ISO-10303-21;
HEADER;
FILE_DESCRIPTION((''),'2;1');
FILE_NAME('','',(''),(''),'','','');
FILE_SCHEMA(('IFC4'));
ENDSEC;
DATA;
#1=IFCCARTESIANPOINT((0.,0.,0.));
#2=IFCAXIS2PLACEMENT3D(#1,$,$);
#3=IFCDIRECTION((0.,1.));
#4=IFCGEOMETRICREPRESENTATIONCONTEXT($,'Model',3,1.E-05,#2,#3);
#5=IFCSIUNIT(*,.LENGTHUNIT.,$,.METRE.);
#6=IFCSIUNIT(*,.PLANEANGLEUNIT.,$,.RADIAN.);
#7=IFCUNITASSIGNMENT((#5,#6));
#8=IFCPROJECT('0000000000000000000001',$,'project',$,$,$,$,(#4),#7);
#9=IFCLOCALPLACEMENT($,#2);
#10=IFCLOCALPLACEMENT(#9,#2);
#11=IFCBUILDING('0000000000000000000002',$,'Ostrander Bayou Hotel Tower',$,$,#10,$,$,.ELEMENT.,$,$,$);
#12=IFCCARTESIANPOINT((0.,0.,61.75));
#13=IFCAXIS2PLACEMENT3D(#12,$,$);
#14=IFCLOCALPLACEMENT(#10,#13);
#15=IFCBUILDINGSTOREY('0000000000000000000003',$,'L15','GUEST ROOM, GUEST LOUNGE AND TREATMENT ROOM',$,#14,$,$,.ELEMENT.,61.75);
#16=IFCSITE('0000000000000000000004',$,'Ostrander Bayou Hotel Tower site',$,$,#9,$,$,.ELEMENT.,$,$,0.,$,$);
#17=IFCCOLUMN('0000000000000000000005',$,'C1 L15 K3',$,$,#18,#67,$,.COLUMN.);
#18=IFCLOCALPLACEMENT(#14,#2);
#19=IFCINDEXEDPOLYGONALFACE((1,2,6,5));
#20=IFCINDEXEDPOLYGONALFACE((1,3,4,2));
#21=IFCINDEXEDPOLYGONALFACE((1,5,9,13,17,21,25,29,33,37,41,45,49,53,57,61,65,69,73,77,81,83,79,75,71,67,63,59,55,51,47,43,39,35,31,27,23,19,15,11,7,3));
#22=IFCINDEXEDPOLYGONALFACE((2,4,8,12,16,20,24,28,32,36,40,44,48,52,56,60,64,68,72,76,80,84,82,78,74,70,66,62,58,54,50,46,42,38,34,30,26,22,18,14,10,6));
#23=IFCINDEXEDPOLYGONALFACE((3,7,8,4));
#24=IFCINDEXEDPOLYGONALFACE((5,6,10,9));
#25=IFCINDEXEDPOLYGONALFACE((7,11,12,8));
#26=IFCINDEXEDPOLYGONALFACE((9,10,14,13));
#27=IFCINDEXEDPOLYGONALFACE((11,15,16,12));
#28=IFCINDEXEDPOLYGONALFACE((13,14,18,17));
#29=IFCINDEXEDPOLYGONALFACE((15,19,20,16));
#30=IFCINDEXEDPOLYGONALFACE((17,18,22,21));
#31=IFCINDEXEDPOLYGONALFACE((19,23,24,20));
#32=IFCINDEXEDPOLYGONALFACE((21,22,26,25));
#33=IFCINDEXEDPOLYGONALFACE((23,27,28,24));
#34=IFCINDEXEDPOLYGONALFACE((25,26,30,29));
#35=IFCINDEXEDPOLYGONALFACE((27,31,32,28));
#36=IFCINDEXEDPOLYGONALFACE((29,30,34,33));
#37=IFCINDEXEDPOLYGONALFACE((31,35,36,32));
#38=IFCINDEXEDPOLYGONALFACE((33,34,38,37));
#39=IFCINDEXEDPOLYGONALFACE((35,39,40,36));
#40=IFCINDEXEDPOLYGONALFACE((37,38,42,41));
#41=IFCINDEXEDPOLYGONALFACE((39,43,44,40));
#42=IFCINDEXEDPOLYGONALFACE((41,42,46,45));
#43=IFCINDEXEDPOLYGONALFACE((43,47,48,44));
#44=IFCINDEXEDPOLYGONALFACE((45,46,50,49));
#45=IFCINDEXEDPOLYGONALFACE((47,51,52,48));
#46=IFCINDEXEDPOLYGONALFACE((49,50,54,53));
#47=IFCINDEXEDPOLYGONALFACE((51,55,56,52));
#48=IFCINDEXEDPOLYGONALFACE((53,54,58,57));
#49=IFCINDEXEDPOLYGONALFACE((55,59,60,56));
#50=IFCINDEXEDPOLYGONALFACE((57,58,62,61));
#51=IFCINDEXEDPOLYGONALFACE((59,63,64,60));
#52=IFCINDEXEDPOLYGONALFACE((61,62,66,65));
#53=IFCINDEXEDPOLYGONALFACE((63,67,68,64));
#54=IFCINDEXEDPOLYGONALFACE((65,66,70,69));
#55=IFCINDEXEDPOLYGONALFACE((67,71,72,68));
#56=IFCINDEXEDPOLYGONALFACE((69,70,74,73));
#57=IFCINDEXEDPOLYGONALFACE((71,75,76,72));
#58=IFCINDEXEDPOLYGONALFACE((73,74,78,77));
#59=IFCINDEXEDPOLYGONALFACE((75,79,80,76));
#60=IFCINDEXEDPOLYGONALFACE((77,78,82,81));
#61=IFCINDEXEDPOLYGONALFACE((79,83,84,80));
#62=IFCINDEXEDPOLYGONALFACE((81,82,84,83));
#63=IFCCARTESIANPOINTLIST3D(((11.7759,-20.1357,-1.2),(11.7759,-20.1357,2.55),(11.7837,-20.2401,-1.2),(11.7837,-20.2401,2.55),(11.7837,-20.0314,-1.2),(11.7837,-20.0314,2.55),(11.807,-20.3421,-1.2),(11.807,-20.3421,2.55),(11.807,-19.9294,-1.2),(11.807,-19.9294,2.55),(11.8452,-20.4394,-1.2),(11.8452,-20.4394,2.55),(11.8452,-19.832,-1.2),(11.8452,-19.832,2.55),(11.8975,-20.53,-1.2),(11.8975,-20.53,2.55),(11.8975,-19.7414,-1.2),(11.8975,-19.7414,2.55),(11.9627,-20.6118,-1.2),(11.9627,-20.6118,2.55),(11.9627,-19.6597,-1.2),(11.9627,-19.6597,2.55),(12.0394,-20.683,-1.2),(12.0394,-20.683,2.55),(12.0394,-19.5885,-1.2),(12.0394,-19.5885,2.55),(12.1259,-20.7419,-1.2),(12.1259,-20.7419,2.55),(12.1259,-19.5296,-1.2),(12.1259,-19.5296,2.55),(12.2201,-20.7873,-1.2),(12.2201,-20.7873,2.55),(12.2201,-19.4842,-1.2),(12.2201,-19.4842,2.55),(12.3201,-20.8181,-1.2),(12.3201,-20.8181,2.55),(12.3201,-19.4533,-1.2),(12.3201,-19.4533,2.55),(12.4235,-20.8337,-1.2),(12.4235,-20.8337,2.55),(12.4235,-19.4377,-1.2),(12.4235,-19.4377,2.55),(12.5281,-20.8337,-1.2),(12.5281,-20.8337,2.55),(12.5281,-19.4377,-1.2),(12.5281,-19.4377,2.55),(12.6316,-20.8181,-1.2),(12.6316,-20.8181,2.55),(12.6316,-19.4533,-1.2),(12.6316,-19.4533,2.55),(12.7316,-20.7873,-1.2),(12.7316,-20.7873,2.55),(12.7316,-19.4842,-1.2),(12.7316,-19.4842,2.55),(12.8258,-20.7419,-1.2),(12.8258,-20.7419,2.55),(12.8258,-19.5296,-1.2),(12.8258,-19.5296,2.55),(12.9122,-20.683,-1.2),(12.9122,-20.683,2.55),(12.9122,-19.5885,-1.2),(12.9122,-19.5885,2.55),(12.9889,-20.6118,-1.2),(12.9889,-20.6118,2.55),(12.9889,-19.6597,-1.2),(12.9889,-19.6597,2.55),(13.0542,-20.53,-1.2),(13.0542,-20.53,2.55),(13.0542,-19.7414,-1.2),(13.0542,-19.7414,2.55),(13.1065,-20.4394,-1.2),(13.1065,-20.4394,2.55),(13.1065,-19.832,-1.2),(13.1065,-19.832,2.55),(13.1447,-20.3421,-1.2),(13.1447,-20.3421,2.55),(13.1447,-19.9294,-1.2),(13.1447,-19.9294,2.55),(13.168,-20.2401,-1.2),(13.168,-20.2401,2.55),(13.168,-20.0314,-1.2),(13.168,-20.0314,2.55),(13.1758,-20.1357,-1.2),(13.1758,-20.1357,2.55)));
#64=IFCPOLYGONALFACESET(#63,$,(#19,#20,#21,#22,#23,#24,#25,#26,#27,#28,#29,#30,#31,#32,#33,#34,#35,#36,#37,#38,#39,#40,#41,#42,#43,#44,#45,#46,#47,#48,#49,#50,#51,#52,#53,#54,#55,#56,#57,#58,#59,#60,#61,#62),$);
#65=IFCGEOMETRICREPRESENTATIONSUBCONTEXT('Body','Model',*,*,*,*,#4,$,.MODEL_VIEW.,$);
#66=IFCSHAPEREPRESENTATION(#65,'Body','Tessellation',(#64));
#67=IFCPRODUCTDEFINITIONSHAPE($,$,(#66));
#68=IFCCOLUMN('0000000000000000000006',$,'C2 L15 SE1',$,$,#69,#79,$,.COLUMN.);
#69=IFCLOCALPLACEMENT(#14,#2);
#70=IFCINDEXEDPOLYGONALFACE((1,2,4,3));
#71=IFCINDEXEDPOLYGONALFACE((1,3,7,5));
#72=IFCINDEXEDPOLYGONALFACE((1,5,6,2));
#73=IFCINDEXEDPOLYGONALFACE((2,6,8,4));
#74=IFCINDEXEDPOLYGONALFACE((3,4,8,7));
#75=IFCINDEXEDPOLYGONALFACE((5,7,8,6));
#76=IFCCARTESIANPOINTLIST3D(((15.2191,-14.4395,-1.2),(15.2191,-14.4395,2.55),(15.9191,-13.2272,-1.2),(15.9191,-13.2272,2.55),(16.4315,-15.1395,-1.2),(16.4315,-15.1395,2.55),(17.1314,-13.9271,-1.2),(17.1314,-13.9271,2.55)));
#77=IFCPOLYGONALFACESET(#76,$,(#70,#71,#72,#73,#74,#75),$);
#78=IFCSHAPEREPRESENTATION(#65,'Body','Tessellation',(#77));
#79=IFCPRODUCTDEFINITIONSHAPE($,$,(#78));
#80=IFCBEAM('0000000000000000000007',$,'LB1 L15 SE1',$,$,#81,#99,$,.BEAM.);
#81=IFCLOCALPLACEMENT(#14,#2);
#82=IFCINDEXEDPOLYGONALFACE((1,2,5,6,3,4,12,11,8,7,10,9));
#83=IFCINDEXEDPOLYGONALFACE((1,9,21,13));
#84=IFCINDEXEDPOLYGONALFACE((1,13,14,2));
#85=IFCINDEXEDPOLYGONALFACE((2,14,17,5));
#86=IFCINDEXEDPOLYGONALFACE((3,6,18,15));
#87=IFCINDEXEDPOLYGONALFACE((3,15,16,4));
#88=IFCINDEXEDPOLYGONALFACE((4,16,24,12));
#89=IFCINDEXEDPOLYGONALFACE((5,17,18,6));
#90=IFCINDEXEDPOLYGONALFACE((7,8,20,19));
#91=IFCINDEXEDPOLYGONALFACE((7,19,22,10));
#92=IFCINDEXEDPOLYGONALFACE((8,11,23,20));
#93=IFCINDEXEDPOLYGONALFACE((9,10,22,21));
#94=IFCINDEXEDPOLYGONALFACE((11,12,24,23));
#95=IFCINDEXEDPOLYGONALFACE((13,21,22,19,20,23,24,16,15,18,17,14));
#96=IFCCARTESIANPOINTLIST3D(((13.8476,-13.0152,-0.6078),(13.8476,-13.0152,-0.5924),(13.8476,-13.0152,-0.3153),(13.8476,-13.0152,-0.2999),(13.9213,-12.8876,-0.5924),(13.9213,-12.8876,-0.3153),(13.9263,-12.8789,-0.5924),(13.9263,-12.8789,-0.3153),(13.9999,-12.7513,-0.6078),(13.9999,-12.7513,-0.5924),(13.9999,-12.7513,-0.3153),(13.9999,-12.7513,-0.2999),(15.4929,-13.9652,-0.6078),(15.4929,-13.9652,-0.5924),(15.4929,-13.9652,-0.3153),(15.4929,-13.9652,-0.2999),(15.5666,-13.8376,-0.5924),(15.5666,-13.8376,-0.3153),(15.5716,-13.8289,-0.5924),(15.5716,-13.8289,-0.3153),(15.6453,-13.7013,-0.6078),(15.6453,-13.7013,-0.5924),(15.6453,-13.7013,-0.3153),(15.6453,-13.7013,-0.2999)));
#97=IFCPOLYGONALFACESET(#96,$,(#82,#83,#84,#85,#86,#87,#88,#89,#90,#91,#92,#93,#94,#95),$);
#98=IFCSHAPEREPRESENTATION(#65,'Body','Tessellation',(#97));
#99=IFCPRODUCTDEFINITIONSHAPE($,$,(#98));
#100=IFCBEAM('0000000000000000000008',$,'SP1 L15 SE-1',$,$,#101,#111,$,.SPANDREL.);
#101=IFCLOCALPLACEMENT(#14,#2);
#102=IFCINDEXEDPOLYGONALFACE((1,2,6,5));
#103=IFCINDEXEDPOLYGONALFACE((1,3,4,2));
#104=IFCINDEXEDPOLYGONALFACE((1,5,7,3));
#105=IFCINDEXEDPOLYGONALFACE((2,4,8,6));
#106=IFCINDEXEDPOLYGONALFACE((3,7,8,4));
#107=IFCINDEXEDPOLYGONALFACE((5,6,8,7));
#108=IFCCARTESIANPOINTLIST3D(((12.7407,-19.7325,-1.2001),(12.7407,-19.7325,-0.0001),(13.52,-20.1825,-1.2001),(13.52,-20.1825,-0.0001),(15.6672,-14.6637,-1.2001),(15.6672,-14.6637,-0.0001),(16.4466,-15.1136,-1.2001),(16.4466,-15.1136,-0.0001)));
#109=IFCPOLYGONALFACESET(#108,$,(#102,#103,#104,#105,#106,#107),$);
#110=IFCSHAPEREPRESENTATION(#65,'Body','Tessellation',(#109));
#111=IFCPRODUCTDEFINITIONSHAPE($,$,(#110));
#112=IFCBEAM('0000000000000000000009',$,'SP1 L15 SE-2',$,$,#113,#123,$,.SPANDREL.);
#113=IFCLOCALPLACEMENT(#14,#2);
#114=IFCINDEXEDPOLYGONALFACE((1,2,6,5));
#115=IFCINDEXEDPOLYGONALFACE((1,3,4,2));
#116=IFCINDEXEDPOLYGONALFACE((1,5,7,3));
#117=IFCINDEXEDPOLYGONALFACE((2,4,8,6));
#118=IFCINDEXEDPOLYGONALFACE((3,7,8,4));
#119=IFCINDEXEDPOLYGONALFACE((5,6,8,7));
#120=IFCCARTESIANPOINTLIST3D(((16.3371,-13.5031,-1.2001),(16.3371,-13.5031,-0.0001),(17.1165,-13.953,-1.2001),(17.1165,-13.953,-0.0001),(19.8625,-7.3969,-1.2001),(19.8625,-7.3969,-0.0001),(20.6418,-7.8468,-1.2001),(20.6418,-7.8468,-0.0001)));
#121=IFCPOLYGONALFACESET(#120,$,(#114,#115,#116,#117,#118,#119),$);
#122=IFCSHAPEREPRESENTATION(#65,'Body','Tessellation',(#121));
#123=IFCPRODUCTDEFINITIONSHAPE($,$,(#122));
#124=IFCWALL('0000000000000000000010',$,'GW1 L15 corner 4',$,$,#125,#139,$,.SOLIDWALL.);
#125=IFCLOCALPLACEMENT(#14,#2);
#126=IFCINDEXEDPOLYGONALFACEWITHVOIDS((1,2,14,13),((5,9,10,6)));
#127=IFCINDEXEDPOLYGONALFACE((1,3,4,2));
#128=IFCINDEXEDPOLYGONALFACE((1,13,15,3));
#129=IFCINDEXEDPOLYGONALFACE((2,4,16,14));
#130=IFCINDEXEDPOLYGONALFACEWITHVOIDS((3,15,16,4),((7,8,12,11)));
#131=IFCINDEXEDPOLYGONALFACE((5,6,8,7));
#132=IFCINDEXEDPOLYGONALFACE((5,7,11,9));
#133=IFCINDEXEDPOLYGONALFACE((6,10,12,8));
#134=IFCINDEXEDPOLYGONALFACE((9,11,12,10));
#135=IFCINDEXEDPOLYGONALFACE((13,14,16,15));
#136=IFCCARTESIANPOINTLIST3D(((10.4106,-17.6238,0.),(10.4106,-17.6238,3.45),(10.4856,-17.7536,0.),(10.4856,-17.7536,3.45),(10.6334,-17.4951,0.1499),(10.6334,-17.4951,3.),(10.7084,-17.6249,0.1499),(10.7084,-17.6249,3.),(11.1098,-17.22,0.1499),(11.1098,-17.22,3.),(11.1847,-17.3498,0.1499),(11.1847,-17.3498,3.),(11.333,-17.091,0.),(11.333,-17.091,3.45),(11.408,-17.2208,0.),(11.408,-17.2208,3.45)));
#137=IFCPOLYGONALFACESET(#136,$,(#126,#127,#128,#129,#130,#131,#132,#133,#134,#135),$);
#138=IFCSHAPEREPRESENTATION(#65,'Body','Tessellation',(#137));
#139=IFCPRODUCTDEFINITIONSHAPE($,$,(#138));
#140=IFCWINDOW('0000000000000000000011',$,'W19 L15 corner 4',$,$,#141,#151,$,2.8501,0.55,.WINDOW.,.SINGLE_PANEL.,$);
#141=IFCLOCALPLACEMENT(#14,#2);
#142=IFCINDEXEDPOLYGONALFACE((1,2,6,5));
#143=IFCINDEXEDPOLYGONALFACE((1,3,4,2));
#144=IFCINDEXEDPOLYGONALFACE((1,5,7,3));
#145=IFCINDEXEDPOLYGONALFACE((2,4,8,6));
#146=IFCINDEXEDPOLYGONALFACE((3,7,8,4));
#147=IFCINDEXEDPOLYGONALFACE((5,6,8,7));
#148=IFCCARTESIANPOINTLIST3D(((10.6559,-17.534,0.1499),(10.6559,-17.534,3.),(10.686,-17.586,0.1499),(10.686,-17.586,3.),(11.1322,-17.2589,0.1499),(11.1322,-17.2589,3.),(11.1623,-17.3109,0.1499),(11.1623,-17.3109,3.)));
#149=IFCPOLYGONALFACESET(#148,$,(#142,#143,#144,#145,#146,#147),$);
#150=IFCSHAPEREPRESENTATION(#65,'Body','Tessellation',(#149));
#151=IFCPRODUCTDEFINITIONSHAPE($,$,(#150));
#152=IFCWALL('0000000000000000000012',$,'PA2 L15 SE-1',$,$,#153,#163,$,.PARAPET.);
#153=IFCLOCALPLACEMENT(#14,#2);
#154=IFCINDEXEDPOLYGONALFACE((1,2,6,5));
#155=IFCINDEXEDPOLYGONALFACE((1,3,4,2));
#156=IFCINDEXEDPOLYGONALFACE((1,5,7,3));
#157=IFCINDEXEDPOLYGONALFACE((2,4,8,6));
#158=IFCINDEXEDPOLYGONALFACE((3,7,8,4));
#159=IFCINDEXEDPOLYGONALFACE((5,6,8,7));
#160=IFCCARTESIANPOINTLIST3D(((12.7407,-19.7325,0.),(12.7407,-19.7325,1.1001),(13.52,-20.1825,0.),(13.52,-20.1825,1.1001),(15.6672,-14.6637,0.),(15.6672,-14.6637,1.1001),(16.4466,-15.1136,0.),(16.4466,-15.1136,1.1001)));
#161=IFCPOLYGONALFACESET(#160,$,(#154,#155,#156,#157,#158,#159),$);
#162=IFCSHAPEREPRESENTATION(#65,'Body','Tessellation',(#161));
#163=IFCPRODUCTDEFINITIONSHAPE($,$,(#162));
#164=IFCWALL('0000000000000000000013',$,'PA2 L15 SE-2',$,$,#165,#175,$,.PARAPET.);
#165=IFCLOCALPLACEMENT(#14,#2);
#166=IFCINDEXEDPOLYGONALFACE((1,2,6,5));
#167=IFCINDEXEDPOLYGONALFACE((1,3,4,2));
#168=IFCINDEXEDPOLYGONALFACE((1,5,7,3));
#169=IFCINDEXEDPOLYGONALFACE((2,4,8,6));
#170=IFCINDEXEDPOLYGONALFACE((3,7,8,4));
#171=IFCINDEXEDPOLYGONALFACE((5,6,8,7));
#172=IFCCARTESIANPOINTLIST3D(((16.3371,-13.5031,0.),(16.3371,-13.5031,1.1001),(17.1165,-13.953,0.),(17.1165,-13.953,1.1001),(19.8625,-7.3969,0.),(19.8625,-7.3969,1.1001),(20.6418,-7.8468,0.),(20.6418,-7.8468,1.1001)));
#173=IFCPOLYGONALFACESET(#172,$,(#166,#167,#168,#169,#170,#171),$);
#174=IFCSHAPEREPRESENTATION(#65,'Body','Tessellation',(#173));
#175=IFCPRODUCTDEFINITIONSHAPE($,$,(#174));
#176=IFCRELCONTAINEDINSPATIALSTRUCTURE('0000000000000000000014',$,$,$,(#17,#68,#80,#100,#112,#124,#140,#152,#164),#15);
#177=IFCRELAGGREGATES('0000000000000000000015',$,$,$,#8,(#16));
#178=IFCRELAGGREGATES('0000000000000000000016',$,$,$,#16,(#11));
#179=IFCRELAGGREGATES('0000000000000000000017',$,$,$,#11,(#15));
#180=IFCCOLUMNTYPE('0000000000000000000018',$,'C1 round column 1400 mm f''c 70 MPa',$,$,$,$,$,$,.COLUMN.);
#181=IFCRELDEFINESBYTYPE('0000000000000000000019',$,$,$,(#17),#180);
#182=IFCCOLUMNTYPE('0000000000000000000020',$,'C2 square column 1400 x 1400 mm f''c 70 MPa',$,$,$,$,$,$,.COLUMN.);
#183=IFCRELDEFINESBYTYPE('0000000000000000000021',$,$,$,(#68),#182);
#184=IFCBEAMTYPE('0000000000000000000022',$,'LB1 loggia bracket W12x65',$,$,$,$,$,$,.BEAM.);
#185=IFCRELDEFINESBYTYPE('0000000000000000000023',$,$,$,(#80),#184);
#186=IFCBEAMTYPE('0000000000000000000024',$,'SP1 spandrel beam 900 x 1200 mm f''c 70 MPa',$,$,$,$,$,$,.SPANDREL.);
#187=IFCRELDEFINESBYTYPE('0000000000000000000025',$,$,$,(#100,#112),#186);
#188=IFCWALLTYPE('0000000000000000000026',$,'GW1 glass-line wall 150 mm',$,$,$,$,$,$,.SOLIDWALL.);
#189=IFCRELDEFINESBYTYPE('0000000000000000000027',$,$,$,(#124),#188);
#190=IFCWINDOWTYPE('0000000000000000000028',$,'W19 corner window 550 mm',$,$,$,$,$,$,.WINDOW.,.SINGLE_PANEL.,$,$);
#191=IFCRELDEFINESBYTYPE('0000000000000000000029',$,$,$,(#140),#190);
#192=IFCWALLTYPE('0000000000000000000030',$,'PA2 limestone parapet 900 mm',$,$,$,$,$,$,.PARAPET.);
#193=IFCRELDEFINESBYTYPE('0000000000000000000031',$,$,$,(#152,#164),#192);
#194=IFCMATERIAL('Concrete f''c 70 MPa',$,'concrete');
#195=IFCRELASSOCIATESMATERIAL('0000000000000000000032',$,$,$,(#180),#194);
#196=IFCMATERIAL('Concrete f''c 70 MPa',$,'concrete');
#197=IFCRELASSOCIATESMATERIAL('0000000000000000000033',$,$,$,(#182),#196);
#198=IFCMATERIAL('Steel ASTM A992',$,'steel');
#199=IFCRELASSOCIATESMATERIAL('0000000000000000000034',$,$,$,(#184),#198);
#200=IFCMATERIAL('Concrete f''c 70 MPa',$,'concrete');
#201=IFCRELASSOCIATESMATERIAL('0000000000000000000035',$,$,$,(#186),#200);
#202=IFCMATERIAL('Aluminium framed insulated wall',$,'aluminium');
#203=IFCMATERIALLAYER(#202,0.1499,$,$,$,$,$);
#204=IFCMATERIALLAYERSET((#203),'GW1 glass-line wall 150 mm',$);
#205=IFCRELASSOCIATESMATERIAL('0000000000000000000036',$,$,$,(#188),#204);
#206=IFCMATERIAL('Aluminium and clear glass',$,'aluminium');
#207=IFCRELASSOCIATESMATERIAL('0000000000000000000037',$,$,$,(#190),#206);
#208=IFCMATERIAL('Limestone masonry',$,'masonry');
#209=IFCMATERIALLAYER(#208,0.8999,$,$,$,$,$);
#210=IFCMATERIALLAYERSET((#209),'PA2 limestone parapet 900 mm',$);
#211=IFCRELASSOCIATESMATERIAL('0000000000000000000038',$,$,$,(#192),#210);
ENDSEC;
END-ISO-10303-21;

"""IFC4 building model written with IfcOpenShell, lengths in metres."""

from ifc_helpers import new_model, si_unit, direction, frame, frame_2d, origin, origin_2d, place, context, subcontext, project, spatial, rectangle, circle, i_section, extrude, material, layer, layer_set, material_profile, profile_set, type_object, element, fill, save


model = new_model("IFC4")

# Units and contexts
model_context = context("Model", 3, precision=1e-05, world=origin(), true_north=direction((0.0, 1.0)))
body_context = subcontext(model_context, "Body", "Model", "MODEL_VIEW")
ifc_project = project(units=[si_unit("LENGTHUNIT", "METRE"), si_unit("PLANEANGLEUNIT", "RADIAN")], contexts=[model_context])

# Site, building, storey
site_placement = place(None, origin())
site = spatial("IfcSite", under=ifc_project, at=site_placement, Name="Ostrander Bayou Hotel Tower site", CompositionType="ELEMENT", RefElevation=0.0)
building_placement = place(site_placement, origin())
building = spatial("IfcBuilding", under=site, at=building_placement, Name="Ostrander Bayou Hotel Tower", CompositionType="ELEMENT")
storey_placement = place(building_placement, frame((0.0, 0.0, 61.75)))
storey = spatial("IfcBuildingStorey", under=building, at=storey_placement, Name="L15", Description="GUEST ROOM, GUEST LOUNGE AND TREATMENT ROOM", CompositionType="ELEMENT", Elevation=61.75)

# Columns
ifc_material_1 = material(Name="Concrete f'c 70 MPa", Category="concrete")
ifc_material_profile_1 = material_profile(ifc_material_1, circle(Radius=0.7, at=origin_2d()))
ifc_profile_set_1 = profile_set([ifc_material_profile_1], Name="Concrete f'c 70 MPa")
column_type_1 = type_object("IfcColumnType", Name="C1 round column 1400 mm f'c 70 MPa", PredefinedType="COLUMN", material=ifc_profile_set_1)
column_1_placement = place(storey_placement, frame((12.4758, -20.1357, -1.2), z_axis=(0.0, 0.0, 1.0), x_axis=(1.0, 0.0, 0.0)))
element("IfcColumn", 1, at=column_1_placement, inside=storey, type_object=column_type_1, Name="C1 L15 K3", PredefinedType="COLUMN", context=body_context, shape_type="SweptSolid", body=[
    extrude(circle(Radius=0.7, at=origin_2d()), origin(), (0.0, 0.0, 1.0), 3.75),
])
ifc_material_2 = material(Name="Concrete f'c 70 MPa", Category="concrete")
ifc_material_profile_2 = material_profile(ifc_material_2, rectangle(XDim=1.3999, YDim=1.3999, at=origin_2d()))
ifc_profile_set_2 = profile_set([ifc_material_profile_2], Name="Concrete f'c 70 MPa")
column_type_2 = type_object("IfcColumnType", Name="C2 square column 1400 x 1400 mm f'c 70 MPa", PredefinedType="COLUMN", material=ifc_profile_set_2)
column_2_placement = place(storey_placement, frame((16.1753, -14.1833, -1.2), z_axis=(0.0, 0.0, 1.0), x_axis=(-0.5, -0.866025, 0.0)))
element("IfcColumn", 2, at=column_2_placement, inside=storey, type_object=column_type_2, Name="C2 L15 SE1", PredefinedType="COLUMN", context=body_context, shape_type="SweptSolid", body=[
    extrude(rectangle(XDim=1.3999, YDim=1.3999, at=origin_2d()), origin(), (0.0, 0.0, 1.0), 3.75),
])

# Beams
ifc_material_3 = material(Name="Steel ASTM A992", Category="steel")
ifc_material_profile_3 = material_profile(ifc_material_3, i_section(OverallWidth=0.3047, OverallDepth=0.3079, WebThickness=0.01, FlangeThickness=0.0154, at=origin_2d()))
ifc_profile_set_3 = profile_set([ifc_material_profile_3], Name="Steel ASTM A992")
beam_type_1 = type_object("IfcBeamType", Name="LB1 loggia bracket W12x65", PredefinedType="BEAM", material=ifc_profile_set_3)
beam_1_placement = place(storey_placement, frame((15.5691, -13.8333, -0.4539), z_axis=(-0.866012, 0.500023, 0.0), x_axis=(-0.500023, -0.866012, 0.0)))
element("IfcBeam", 3, at=beam_1_placement, inside=storey, type_object=beam_type_1, Name="LB1 L15 SE1", PredefinedType="BEAM", context=body_context, shape_type="SweptSolid", body=[
    extrude(i_section(OverallWidth=0.3047, OverallDepth=0.3079, WebThickness=0.01, FlangeThickness=0.0154, at=origin_2d()), origin(), (0.0, 0.0, 1.0), 1.8999),
])
ifc_material_4 = material(Name="Concrete f'c 70 MPa", Category="concrete")
ifc_material_profile_4 = material_profile(ifc_material_4, rectangle(XDim=0.8999, YDim=1.2, at=origin_2d()))
ifc_profile_set_4 = profile_set([ifc_material_profile_4], Name="Concrete f'c 70 MPa")
beam_type_2 = type_object("IfcBeamType", Name="SP1 spandrel beam 900 x 1200 mm f'c 70 MPa", PredefinedType="SPANDREL", material=ifc_profile_set_4)
beam_2_placement = place(storey_placement, frame((13.1304, -19.9575, -0.6001), z_axis=(0.500002, 0.866024, 0.0), x_axis=(-0.866024, 0.500002, 0.0)))
element("IfcBeam", 4, at=beam_2_placement, inside=storey, type_object=beam_type_2, Name="SP1 L15 SE-1", PredefinedType="SPANDREL", context=body_context, shape_type="SweptSolid", body=[
    extrude(rectangle(XDim=0.8999, YDim=1.2, at=origin_2d()), origin(), (0.0, 0.0, 1.0), 5.853),
])
beam_3_placement = place(storey_placement, frame((16.7268, -13.728, -0.6001), z_axis=(0.499997, 0.866027, 0.0), x_axis=(-0.866027, 0.499997, 0.0)))
element("IfcBeam", 5, at=beam_3_placement, inside=storey, type_object=beam_type_2, Name="SP1 L15 SE-2", PredefinedType="SPANDREL", context=body_context, shape_type="SweptSolid", body=[
    extrude(rectangle(XDim=0.8999, YDim=1.2, at=origin_2d()), origin(), (0.0, 0.0, 1.0), 7.0508),
])

# Shared definitions
ifc_material_5 = material(Name="Aluminium framed insulated wall", Category="aluminium")
ifc_layer_1 = layer(ifc_material_5, 0.1499)
ifc_layer_set_1 = layer_set([ifc_layer_1], Name="GW1 glass-line wall 150 mm")
wall_type_1 = type_object("IfcWallType", Name="GW1 glass-line wall 150 mm", PredefinedType="SOLIDWALL", material=ifc_layer_set_1)

# Wall, opening, window
wall_1_placement = place(storey_placement, frame((10.448, -17.6887, 0.0), z_axis=(0.0, 0.0, 1.0), x_axis=(0.865949, 0.500132, 0.0)))
wall_1 = element("IfcWall", 6, at=wall_1_placement, inside=storey, type_object=wall_type_1, Name="GW1 L15 corner 4", PredefinedType="SOLIDWALL", context=body_context, shape_type="SweptSolid", body=[
    extrude(rectangle(XDim=1.0652, YDim=0.1499, at=frame_2d((0.5327, 0.0))), origin(), (0.0, 0.0, 1.0), 3.45),
])
opening_1_placement = place(wall_1_placement, frame((0.2576, 0.0, 0.1499)))
opening_1 = element("IfcOpeningElement", 7, at=opening_1_placement, cuts=wall_1, PredefinedType="OPENING", context=body_context, shape_type="SweptSolid", body=[
    extrude(rectangle(XDim=0.55, YDim=2.8501, at=frame_2d((0.2749, 1.425))), frame((0.0, 0.075, 0.0), z_axis=(0.0, -1.0, 0.0), x_axis=(1.0, 0.0, 0.0)), (0.0, 0.0, 1.0), 0.1499),
])
ifc_material_6 = material(Name="Aluminium and clear glass", Category="aluminium")
window_type_1 = type_object("IfcWindowType", Name="W19 corner window 550 mm", PartitioningType="SINGLE_PANEL", PredefinedType="WINDOW", material=ifc_material_6)
window_1_placement = place(opening_1_placement, origin())
window_1 = element("IfcWindow", 8, at=window_1_placement, inside=storey, type_object=window_type_1, Name="W19 L15 corner 4", OverallHeight=2.8501, OverallWidth=0.55, PartitioningType="SINGLE_PANEL", PredefinedType="WINDOW", context=body_context, shape_type="SweptSolid", body=[
    extrude(rectangle(XDim=0.55, YDim=2.8501, at=frame_2d((0.2749, 1.425))), frame((0.0, 0.03, 0.0), z_axis=(0.0, -1.0, 0.0), x_axis=(1.0, 0.0, 0.0)), (0.0, 0.0, 1.0), 0.0601),
])
fill(opening_1, window_1)

# Walls
ifc_material_7 = material(Name="Limestone masonry", Category="masonry")
ifc_layer_2 = layer(ifc_material_7, 0.8999)
ifc_layer_set_2 = layer_set([ifc_layer_2], Name="PA2 limestone parapet 900 mm")
wall_type_2 = type_object("IfcWallType", Name="PA2 limestone parapet 900 mm", PredefinedType="PARAPET", material=ifc_layer_set_2)
wall_2_placement = place(storey_placement, frame((13.1304, -19.9575, 0.0), z_axis=(0.0, 0.0, 1.0), x_axis=(0.500002, 0.866024, 0.0)))
element("IfcWall", 9, at=wall_2_placement, inside=storey, type_object=wall_type_2, Name="PA2 L15 SE-1", PredefinedType="PARAPET", context=body_context, shape_type="SweptSolid", body=[
    extrude(rectangle(XDim=5.853, YDim=0.8999, at=frame_2d((2.9265, 0.0))), origin(), (0.0, 0.0, 1.0), 1.1001),
])
wall_3_placement = place(storey_placement, frame((16.7268, -13.728, 0.0), z_axis=(0.0, 0.0, 1.0), x_axis=(0.499997, 0.866027, 0.0)))
element("IfcWall", 10, at=wall_3_placement, inside=storey, type_object=wall_type_2, Name="PA2 L15 SE-2", PredefinedType="PARAPET", context=body_context, shape_type="SweptSolid", body=[
    extrude(rectangle(XDim=7.0508, YDim=0.8999, at=frame_2d((3.5254, 0.0))), origin(), (0.0, 0.0, 1.0), 1.1001),
])

save(model, "model.ifc")
